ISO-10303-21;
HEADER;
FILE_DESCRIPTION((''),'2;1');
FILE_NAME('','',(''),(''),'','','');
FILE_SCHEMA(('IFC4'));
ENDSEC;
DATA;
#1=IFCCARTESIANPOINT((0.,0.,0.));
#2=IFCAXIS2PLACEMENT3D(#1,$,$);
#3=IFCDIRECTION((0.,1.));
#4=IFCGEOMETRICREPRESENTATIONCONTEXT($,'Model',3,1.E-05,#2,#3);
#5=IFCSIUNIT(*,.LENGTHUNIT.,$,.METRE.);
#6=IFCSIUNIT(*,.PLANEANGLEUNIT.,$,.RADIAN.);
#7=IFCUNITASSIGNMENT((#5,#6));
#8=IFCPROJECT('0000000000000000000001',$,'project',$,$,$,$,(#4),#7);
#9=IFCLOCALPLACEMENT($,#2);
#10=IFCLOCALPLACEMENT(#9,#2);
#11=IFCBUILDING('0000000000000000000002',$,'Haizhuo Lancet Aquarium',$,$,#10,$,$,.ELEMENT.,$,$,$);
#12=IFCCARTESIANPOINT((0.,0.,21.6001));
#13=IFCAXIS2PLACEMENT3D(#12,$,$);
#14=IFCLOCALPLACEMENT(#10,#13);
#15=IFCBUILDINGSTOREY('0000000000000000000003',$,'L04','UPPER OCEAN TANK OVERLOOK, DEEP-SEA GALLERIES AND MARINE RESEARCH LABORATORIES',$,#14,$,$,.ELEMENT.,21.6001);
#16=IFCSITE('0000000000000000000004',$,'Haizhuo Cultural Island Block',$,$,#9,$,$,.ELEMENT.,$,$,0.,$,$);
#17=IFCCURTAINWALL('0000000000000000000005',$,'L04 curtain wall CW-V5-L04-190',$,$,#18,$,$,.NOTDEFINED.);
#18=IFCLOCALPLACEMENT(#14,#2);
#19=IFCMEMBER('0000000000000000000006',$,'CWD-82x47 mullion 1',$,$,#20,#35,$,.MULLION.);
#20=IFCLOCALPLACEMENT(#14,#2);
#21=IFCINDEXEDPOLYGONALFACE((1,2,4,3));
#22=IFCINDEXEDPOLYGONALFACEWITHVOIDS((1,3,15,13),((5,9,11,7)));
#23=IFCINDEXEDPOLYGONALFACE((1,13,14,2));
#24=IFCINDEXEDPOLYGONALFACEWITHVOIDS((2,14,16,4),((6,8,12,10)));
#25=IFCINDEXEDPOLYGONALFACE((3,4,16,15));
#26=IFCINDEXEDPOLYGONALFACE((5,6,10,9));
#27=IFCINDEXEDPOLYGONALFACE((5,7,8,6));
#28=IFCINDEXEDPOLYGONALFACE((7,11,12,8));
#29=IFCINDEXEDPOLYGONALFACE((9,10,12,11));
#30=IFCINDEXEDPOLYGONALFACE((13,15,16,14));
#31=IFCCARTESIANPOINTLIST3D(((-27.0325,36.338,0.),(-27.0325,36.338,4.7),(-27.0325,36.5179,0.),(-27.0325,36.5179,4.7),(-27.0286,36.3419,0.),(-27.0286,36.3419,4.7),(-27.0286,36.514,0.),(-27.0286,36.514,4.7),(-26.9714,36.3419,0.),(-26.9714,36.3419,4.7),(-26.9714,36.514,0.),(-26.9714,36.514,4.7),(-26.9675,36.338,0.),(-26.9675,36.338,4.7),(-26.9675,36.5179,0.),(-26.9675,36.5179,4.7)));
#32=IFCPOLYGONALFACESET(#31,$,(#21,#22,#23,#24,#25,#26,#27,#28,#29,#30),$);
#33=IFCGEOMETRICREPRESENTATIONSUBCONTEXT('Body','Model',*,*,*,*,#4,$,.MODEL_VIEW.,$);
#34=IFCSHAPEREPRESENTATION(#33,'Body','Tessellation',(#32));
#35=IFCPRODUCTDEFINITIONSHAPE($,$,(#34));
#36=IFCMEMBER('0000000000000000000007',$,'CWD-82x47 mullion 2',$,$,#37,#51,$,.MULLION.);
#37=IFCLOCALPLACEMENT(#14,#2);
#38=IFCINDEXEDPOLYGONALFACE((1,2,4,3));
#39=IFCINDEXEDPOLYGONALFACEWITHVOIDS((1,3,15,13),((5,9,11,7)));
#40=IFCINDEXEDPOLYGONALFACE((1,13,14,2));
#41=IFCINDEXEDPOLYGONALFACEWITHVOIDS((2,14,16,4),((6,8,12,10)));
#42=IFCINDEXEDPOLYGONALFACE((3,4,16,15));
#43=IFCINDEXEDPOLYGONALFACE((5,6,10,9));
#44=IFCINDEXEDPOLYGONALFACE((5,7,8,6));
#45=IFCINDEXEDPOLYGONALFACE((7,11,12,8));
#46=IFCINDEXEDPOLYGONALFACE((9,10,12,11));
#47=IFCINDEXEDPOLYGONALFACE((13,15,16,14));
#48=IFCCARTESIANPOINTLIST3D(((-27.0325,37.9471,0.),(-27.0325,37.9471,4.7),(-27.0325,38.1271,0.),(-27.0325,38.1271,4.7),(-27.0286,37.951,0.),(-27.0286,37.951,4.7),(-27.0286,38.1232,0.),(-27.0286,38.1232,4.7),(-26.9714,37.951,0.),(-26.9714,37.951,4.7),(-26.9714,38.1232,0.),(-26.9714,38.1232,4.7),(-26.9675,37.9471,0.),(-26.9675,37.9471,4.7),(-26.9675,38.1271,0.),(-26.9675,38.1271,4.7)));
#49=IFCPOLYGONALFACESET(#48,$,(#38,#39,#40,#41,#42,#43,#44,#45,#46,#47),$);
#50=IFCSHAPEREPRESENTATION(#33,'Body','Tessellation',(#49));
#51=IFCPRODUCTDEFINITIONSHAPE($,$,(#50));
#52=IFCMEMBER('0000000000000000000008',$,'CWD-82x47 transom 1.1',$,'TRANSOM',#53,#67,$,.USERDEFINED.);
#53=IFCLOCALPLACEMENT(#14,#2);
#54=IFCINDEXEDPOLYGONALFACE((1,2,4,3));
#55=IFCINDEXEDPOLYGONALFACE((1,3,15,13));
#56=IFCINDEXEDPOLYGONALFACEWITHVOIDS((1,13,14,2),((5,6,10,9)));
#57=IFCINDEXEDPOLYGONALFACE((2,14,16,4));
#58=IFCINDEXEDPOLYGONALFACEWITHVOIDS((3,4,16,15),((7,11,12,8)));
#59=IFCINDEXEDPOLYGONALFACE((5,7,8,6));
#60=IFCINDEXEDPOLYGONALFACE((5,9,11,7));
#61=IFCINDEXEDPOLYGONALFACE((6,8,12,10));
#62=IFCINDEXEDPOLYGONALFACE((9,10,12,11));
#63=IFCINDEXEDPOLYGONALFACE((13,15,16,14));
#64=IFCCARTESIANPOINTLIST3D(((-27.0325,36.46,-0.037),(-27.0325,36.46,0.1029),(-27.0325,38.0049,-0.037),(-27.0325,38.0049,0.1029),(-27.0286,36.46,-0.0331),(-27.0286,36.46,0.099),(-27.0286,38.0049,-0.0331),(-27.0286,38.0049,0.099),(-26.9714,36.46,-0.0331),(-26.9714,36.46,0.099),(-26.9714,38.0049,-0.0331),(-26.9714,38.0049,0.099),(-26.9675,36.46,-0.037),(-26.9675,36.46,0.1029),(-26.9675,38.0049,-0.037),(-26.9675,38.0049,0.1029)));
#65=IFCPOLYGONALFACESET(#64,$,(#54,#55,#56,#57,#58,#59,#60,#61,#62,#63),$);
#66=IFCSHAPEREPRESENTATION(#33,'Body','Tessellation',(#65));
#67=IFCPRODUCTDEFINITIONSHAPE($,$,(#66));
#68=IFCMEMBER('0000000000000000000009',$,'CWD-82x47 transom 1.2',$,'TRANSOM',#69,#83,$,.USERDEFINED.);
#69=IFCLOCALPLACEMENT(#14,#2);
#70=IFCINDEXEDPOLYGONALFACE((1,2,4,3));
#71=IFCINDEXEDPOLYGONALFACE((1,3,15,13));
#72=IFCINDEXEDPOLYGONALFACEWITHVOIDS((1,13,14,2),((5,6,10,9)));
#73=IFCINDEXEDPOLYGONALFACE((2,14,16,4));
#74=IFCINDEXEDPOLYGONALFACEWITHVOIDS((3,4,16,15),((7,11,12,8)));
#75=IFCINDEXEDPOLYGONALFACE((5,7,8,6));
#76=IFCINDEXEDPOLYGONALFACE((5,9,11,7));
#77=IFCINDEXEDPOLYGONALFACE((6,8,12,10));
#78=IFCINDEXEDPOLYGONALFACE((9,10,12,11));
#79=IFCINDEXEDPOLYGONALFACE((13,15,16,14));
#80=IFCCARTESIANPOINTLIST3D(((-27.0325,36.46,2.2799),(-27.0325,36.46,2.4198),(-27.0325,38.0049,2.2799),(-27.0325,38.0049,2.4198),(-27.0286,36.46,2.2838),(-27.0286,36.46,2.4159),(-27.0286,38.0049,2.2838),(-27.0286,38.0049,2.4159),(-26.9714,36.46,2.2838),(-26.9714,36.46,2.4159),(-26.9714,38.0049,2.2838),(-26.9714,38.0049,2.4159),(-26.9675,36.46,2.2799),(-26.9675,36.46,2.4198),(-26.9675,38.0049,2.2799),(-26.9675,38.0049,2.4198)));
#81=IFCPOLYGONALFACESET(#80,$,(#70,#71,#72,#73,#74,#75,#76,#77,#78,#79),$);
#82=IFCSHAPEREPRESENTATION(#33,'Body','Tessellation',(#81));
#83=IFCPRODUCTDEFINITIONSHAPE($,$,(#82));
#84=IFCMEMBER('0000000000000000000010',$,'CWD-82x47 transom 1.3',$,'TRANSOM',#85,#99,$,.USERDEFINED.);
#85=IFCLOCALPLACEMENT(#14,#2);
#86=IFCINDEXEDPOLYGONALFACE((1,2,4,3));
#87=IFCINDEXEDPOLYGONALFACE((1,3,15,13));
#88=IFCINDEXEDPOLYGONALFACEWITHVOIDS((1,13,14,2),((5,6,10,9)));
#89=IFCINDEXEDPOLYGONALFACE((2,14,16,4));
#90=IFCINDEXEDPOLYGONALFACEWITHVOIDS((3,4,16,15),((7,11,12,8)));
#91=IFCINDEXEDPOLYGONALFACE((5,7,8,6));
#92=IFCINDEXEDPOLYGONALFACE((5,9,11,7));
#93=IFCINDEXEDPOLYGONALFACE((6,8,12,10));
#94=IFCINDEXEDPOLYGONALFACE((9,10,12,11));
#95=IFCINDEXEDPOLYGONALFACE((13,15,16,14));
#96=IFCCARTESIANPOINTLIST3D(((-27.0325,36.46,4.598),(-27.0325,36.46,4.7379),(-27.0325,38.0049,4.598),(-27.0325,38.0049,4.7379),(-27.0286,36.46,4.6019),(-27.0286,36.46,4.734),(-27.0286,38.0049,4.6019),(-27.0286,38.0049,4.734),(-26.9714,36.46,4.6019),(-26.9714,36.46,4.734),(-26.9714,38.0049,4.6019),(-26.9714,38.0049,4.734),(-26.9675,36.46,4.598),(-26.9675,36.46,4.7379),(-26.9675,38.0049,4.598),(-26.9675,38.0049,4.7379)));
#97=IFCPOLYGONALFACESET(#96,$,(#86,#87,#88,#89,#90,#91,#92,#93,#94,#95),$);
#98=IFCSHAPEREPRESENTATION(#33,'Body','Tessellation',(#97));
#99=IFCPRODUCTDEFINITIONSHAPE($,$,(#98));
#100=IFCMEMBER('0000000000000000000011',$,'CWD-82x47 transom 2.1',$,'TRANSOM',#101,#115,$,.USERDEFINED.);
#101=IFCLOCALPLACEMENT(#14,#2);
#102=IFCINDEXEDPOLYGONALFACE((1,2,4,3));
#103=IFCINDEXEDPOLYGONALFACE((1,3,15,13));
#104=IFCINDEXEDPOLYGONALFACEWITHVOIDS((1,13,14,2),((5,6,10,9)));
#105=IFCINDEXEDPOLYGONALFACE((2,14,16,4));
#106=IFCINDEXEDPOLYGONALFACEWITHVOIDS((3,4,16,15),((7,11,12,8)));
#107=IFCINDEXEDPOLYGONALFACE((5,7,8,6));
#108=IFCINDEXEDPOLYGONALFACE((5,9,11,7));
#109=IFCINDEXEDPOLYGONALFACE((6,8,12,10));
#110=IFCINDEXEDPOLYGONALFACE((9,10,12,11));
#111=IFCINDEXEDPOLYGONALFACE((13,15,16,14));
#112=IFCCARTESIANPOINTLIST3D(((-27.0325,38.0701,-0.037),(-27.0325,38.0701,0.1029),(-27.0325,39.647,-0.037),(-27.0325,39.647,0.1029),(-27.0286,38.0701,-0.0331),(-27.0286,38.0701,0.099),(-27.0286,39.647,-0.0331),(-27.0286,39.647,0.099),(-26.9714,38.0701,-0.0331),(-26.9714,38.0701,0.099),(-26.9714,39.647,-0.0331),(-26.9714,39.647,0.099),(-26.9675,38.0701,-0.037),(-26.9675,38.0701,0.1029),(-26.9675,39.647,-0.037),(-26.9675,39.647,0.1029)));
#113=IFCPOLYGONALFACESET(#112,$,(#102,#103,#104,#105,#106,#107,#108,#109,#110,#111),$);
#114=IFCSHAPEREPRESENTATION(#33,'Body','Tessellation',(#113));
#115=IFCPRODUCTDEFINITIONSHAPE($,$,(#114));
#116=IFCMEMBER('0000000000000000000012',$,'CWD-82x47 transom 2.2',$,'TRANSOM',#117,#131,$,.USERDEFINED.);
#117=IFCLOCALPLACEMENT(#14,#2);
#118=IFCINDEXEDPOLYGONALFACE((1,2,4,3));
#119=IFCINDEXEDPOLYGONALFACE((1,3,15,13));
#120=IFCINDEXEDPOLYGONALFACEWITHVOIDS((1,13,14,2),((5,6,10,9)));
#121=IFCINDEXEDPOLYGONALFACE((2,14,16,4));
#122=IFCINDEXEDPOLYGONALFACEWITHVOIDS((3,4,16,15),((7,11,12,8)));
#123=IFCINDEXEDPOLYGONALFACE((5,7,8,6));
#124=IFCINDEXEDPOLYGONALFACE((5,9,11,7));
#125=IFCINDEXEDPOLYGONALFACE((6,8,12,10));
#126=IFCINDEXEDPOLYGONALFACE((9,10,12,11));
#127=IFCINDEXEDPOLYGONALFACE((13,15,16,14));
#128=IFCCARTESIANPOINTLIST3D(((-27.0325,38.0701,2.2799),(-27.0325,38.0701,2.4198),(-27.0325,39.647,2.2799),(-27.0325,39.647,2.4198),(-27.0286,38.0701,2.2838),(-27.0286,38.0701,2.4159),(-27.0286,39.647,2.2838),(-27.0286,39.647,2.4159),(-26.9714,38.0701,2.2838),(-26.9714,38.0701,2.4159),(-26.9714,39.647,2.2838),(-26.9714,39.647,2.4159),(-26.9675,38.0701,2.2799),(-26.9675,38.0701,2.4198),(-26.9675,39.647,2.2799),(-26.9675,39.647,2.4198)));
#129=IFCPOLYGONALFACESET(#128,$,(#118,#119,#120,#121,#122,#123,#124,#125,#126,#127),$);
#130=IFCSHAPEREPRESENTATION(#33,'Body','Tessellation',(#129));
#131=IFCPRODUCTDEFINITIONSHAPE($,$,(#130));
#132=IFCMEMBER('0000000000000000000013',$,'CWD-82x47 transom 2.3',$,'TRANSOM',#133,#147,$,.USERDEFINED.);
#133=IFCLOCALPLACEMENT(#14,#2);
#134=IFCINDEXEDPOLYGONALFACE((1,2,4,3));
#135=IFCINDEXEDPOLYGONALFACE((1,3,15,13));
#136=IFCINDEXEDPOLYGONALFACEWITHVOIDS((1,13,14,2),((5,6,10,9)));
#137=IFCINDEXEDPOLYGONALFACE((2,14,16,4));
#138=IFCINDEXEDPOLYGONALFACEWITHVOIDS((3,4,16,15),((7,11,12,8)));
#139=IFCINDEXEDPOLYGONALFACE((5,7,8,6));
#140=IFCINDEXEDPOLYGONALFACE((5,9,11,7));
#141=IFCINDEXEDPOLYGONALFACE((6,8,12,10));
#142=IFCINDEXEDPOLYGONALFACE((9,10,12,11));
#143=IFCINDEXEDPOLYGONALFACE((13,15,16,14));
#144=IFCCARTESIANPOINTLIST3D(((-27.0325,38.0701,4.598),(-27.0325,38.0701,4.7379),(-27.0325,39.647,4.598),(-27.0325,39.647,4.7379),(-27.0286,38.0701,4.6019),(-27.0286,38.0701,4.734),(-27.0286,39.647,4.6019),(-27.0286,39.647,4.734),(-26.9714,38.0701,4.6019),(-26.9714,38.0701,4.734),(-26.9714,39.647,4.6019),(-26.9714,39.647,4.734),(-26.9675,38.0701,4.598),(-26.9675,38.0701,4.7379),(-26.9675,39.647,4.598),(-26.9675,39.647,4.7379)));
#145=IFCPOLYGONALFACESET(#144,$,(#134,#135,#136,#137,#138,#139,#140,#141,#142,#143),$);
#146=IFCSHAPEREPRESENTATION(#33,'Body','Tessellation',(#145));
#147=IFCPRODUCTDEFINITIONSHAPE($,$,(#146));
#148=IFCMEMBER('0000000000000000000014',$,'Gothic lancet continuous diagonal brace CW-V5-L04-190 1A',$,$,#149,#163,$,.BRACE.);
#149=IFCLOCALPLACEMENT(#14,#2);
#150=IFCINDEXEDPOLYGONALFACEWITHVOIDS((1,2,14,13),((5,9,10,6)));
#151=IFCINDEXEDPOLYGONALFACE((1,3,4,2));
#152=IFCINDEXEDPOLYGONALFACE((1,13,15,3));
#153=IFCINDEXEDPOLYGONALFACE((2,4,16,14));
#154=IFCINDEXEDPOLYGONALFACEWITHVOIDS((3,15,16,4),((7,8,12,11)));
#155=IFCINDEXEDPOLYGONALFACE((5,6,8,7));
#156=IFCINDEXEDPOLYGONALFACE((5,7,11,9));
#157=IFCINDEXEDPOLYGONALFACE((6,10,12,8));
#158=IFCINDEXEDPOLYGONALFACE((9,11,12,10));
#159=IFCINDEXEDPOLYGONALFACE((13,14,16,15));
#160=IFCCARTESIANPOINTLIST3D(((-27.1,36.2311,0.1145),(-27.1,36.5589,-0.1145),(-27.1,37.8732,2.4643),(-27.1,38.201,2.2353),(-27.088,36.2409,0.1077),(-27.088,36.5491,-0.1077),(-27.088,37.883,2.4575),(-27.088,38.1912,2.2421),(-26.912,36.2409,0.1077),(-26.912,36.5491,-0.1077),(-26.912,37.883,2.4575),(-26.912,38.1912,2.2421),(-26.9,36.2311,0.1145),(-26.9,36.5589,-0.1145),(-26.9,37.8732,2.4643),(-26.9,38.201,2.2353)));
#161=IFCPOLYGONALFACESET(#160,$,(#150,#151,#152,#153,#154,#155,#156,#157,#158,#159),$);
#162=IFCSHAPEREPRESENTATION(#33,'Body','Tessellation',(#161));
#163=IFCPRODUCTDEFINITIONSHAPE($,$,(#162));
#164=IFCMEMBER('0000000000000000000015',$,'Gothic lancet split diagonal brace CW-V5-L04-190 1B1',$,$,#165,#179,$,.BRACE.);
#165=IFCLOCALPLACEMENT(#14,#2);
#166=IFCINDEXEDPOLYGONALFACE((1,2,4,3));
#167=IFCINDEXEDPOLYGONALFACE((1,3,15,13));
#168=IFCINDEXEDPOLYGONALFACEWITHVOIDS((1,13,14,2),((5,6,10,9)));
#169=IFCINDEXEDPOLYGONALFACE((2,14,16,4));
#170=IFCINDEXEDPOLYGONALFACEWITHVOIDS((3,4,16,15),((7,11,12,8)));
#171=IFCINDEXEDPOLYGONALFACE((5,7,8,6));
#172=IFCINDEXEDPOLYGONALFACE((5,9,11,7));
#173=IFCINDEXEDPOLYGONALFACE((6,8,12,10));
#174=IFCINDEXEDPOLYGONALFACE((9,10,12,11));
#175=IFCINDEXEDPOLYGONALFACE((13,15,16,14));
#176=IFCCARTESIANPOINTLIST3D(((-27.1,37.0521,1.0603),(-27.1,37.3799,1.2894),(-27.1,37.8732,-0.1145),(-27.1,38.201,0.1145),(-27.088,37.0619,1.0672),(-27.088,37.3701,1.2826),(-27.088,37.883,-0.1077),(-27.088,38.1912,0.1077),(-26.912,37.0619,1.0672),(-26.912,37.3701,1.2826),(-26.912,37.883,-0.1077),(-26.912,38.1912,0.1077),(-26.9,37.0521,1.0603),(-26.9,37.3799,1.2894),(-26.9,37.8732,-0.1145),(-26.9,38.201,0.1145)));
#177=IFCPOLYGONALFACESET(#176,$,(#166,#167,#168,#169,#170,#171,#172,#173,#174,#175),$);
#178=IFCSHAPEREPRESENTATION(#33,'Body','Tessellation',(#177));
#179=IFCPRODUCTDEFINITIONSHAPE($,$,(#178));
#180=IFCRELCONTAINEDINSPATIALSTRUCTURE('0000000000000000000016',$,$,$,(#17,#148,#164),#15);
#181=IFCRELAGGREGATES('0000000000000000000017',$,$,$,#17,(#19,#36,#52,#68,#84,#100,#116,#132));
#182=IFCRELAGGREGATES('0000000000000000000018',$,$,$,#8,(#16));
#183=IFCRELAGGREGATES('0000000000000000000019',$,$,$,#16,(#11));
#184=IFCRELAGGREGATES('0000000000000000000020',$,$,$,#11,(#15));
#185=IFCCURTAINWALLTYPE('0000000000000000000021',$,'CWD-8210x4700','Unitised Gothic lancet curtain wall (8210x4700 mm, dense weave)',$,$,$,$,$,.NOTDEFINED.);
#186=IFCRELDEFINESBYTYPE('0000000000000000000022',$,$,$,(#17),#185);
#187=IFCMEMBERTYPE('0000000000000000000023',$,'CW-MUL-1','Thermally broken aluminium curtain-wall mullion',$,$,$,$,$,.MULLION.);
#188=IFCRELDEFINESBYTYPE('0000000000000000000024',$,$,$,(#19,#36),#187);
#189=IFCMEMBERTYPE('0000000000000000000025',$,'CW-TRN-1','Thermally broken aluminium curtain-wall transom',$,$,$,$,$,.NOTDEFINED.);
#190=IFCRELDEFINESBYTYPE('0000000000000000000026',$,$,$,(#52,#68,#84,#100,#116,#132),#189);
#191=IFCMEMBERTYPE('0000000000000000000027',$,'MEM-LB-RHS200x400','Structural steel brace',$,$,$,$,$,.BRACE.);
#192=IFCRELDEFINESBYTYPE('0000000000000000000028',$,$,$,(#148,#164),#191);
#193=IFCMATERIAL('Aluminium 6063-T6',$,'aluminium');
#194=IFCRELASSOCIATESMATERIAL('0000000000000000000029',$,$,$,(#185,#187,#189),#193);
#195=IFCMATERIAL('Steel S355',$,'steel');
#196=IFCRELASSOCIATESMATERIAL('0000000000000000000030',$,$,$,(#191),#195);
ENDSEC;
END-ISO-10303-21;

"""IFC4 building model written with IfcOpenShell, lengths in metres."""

from ifc_helpers import new_model, si_unit, direction, frame, origin, origin_2d, place, context, subcontext, project, spatial, hollow_rectangle, extrude, material, material_profile, profile_set, type_object, element, aggregate, save


model = new_model("IFC4")

# Units and contexts
model_context = context("Model", 3, precision=1e-05, world=origin(), true_north=direction((0.0, 1.0)))
body_context = subcontext(model_context, "Body", "Model", "MODEL_VIEW")
ifc_project = project(units=[si_unit("LENGTHUNIT", "METRE"), si_unit("PLANEANGLEUNIT", "RADIAN")], contexts=[model_context])

# Site, building, storey
site_placement = place(None, origin())
site = spatial("IfcSite", under=ifc_project, at=site_placement, Name="Haizhuo Cultural Island Block", CompositionType="ELEMENT", RefElevation=0.0)
building_placement = place(site_placement, origin())
building = spatial("IfcBuilding", under=site, at=building_placement, Name="Haizhuo Lancet Aquarium", CompositionType="ELEMENT")
storey_placement = place(building_placement, frame((0.0, 0.0, 21.6001)))
storey = spatial("IfcBuildingStorey", under=building, at=storey_placement, Name="L04", Description="UPPER OCEAN TANK OVERLOOK, DEEP-SEA GALLERIES AND MARINE RESEARCH LABORATORIES", CompositionType="ELEMENT", Elevation=21.6001)

# Curtain wall, members
ifc_material_1 = material(Name="Aluminium 6063-T6", Category="aluminium")
curtain_wall_type = type_object("IfcCurtainWallType", Name="CWD-8210x4700", Description="Unitised Gothic lancet curtain wall (8210x4700 mm, dense weave)", PredefinedType="NOTDEFINED", material=ifc_material_1)
curtain_wall_placement = place(storey_placement, origin())
curtain_wall = element("IfcCurtainWall", 1, at=curtain_wall_placement, inside=storey, type_object=curtain_wall_type, Name="L04 curtain wall CW-V5-L04-190", PredefinedType="NOTDEFINED")
ifc_material_profile_1 = material_profile(ifc_material_1, hollow_rectangle(XDim=0.0649, YDim=0.1799, WallThickness=0.0039, at=origin_2d()), Name="ALU-M 65x180x4")
ifc_profile_set_1 = profile_set([ifc_material_profile_1], Name="Aluminium 6063-T6")
member_type_1 = type_object("IfcMemberType", Name="CW-MUL-1", Description="Thermally broken aluminium curtain-wall mullion", PredefinedType="MULLION", material=ifc_profile_set_1)
member_1_placement = place(storey_placement, frame((-27.0, 36.428, 0.0), z_axis=(0.0, 0.0, 1.0), x_axis=(-1.0, 0.0, 0.0)))
member_1 = element("IfcMember", 2, at=member_1_placement, type_object=member_type_1, Name="CWD-82x47 mullion 1", PredefinedType="MULLION", context=body_context, shape_type="SweptSolid", body=[
    extrude(hollow_rectangle(XDim=0.0649, YDim=0.1799, WallThickness=0.0039, at=origin_2d()), origin(), (0.0, 0.0, 1.0), 4.7),
])
member_2_placement = place(storey_placement, frame((-27.0, 38.0371, 0.0), z_axis=(0.0, 0.0, 1.0), x_axis=(-1.0, 0.0, 0.0)))
member_2 = element("IfcMember", 3, at=member_2_placement, type_object=member_type_1, Name="CWD-82x47 mullion 2", PredefinedType="MULLION", context=body_context, shape_type="SweptSolid", body=[
    extrude(hollow_rectangle(XDim=0.0649, YDim=0.1799, WallThickness=0.0039, at=origin_2d()), origin(), (0.0, 0.0, 1.0), 4.7),
])
ifc_material_profile_2 = material_profile(ifc_material_1, hollow_rectangle(XDim=0.0649, YDim=0.1399, WallThickness=0.0039, at=origin_2d()), Name="ALU-T 65x140x4")
ifc_profile_set_2 = profile_set([ifc_material_profile_2], Name="Aluminium 6063-T6")
member_type_2 = type_object("IfcMemberType", Name="CW-TRN-1", Description="Thermally broken aluminium curtain-wall transom", PredefinedType="NOTDEFINED", material=ifc_profile_set_2)
member_3_placement = place(storey_placement, frame((-27.0, 36.46, 0.033), z_axis=(0.0, 1.0, 0.0), x_axis=(-1.0, 0.0, 0.0)))
member_3 = element("IfcMember", 4, at=member_3_placement, type_object=member_type_2, Name="CWD-82x47 transom 1.1", ObjectType="TRANSOM", PredefinedType="USERDEFINED", context=body_context, shape_type="SweptSolid", body=[
    extrude(hollow_rectangle(XDim=0.0649, YDim=0.1399, WallThickness=0.0039, at=origin_2d()), origin(), (0.0, 0.0, 1.0), 1.5449),
])
member_4_placement = place(storey_placement, frame((-27.0, 36.46, 2.3499), z_axis=(0.0, 1.0, 0.0), x_axis=(-1.0, 0.0, 0.0)))
member_4 = element("IfcMember", 5, at=member_4_placement, type_object=member_type_2, Name="CWD-82x47 transom 1.2", ObjectType="TRANSOM", PredefinedType="USERDEFINED", context=body_context, shape_type="SweptSolid", body=[
    extrude(hollow_rectangle(XDim=0.0649, YDim=0.1399, WallThickness=0.0039, at=origin_2d()), origin(), (0.0, 0.0, 1.0), 1.5449),
])
member_5_placement = place(storey_placement, frame((-27.0, 36.46, 4.668), z_axis=(0.0, 1.0, 0.0), x_axis=(-1.0, 0.0, 0.0)))
member_5 = element("IfcMember", 6, at=member_5_placement, type_object=member_type_2, Name="CWD-82x47 transom 1.3", ObjectType="TRANSOM", PredefinedType="USERDEFINED", context=body_context, shape_type="SweptSolid", body=[
    extrude(hollow_rectangle(XDim=0.0649, YDim=0.1399, WallThickness=0.0039, at=origin_2d()), origin(), (0.0, 0.0, 1.0), 1.5449),
])
member_6_placement = place(storey_placement, frame((-27.0, 38.0701, 0.033), z_axis=(0.0, 1.0, 0.0), x_axis=(-1.0, 0.0, 0.0)))
member_6 = element("IfcMember", 7, at=member_6_placement, type_object=member_type_2, Name="CWD-82x47 transom 2.1", ObjectType="TRANSOM", PredefinedType="USERDEFINED", context=body_context, shape_type="SweptSolid", body=[
    extrude(hollow_rectangle(XDim=0.0649, YDim=0.1399, WallThickness=0.0039, at=origin_2d()), origin(), (0.0, 0.0, 1.0), 1.5769),
])
member_7_placement = place(storey_placement, frame((-27.0, 38.0701, 2.3499), z_axis=(0.0, 1.0, 0.0), x_axis=(-1.0, 0.0, 0.0)))
member_7 = element("IfcMember", 8, at=member_7_placement, type_object=member_type_2, Name="CWD-82x47 transom 2.2", ObjectType="TRANSOM", PredefinedType="USERDEFINED", context=body_context, shape_type="SweptSolid", body=[
    extrude(hollow_rectangle(XDim=0.0649, YDim=0.1399, WallThickness=0.0039, at=origin_2d()), origin(), (0.0, 0.0, 1.0), 1.5769),
])
member_8_placement = place(storey_placement, frame((-27.0, 38.0701, 4.668), z_axis=(0.0, 1.0, 0.0), x_axis=(-1.0, 0.0, 0.0)))
member_8 = element("IfcMember", 9, at=member_8_placement, type_object=member_type_2, Name="CWD-82x47 transom 2.3", ObjectType="TRANSOM", PredefinedType="USERDEFINED", context=body_context, shape_type="SweptSolid", body=[
    extrude(hollow_rectangle(XDim=0.0649, YDim=0.1399, WallThickness=0.0039, at=origin_2d()), origin(), (0.0, 0.0, 1.0), 1.5769),
])

# Members
ifc_material_2 = material(Name="Steel S355", Category="steel")
ifc_material_profile_3 = material_profile(ifc_material_2, hollow_rectangle(XDim=0.2, YDim=0.3999, WallThickness=0.012, at=origin_2d()), Name="RHS 200x400x12")
ifc_profile_set_3 = profile_set([ifc_material_profile_3], Name="Steel S355")
member_type_3 = type_object("IfcMemberType", Name="MEM-LB-RHS200x400", Description="Structural steel brace", PredefinedType="BRACE", material=ifc_profile_set_3)
member_9_placement = place(storey_placement, frame((-27.0, 36.395, 0.0), z_axis=(0.0, 0.572805, 0.819692), x_axis=(-1.0, 0.0, 0.0)))
element("IfcMember", 10, at=member_9_placement, inside=storey, type_object=member_type_3, Name="Gothic lancet continuous diagonal brace CW-V5-L04-190 1A", PredefinedType="BRACE", context=body_context, shape_type="SweptSolid", body=[
    extrude(hollow_rectangle(XDim=0.2, YDim=0.3999, WallThickness=0.012, at=origin_2d()), origin(), (0.0, 0.0, 1.0), 2.8667),
])
member_10_placement = place(storey_placement, frame((-27.0, 38.0371, 0.0), z_axis=(0.0, -0.572845, 0.819664), x_axis=(1.0, 0.0, 0.0)))
element("IfcMember", 11, at=member_10_placement, inside=storey, type_object=member_type_3, Name="Gothic lancet split diagonal brace CW-V5-L04-190 1B1", PredefinedType="BRACE", context=body_context, shape_type="SweptSolid", body=[
    extrude(hollow_rectangle(XDim=0.2, YDim=0.3999, WallThickness=0.012, at=origin_2d()), origin(), (0.0, 0.0, 1.0), 1.4333),
])

aggregate(curtain_wall, [member_1, member_2, member_3, member_4, member_5, member_6, member_7, member_8])

save(model, "model.ifc")
